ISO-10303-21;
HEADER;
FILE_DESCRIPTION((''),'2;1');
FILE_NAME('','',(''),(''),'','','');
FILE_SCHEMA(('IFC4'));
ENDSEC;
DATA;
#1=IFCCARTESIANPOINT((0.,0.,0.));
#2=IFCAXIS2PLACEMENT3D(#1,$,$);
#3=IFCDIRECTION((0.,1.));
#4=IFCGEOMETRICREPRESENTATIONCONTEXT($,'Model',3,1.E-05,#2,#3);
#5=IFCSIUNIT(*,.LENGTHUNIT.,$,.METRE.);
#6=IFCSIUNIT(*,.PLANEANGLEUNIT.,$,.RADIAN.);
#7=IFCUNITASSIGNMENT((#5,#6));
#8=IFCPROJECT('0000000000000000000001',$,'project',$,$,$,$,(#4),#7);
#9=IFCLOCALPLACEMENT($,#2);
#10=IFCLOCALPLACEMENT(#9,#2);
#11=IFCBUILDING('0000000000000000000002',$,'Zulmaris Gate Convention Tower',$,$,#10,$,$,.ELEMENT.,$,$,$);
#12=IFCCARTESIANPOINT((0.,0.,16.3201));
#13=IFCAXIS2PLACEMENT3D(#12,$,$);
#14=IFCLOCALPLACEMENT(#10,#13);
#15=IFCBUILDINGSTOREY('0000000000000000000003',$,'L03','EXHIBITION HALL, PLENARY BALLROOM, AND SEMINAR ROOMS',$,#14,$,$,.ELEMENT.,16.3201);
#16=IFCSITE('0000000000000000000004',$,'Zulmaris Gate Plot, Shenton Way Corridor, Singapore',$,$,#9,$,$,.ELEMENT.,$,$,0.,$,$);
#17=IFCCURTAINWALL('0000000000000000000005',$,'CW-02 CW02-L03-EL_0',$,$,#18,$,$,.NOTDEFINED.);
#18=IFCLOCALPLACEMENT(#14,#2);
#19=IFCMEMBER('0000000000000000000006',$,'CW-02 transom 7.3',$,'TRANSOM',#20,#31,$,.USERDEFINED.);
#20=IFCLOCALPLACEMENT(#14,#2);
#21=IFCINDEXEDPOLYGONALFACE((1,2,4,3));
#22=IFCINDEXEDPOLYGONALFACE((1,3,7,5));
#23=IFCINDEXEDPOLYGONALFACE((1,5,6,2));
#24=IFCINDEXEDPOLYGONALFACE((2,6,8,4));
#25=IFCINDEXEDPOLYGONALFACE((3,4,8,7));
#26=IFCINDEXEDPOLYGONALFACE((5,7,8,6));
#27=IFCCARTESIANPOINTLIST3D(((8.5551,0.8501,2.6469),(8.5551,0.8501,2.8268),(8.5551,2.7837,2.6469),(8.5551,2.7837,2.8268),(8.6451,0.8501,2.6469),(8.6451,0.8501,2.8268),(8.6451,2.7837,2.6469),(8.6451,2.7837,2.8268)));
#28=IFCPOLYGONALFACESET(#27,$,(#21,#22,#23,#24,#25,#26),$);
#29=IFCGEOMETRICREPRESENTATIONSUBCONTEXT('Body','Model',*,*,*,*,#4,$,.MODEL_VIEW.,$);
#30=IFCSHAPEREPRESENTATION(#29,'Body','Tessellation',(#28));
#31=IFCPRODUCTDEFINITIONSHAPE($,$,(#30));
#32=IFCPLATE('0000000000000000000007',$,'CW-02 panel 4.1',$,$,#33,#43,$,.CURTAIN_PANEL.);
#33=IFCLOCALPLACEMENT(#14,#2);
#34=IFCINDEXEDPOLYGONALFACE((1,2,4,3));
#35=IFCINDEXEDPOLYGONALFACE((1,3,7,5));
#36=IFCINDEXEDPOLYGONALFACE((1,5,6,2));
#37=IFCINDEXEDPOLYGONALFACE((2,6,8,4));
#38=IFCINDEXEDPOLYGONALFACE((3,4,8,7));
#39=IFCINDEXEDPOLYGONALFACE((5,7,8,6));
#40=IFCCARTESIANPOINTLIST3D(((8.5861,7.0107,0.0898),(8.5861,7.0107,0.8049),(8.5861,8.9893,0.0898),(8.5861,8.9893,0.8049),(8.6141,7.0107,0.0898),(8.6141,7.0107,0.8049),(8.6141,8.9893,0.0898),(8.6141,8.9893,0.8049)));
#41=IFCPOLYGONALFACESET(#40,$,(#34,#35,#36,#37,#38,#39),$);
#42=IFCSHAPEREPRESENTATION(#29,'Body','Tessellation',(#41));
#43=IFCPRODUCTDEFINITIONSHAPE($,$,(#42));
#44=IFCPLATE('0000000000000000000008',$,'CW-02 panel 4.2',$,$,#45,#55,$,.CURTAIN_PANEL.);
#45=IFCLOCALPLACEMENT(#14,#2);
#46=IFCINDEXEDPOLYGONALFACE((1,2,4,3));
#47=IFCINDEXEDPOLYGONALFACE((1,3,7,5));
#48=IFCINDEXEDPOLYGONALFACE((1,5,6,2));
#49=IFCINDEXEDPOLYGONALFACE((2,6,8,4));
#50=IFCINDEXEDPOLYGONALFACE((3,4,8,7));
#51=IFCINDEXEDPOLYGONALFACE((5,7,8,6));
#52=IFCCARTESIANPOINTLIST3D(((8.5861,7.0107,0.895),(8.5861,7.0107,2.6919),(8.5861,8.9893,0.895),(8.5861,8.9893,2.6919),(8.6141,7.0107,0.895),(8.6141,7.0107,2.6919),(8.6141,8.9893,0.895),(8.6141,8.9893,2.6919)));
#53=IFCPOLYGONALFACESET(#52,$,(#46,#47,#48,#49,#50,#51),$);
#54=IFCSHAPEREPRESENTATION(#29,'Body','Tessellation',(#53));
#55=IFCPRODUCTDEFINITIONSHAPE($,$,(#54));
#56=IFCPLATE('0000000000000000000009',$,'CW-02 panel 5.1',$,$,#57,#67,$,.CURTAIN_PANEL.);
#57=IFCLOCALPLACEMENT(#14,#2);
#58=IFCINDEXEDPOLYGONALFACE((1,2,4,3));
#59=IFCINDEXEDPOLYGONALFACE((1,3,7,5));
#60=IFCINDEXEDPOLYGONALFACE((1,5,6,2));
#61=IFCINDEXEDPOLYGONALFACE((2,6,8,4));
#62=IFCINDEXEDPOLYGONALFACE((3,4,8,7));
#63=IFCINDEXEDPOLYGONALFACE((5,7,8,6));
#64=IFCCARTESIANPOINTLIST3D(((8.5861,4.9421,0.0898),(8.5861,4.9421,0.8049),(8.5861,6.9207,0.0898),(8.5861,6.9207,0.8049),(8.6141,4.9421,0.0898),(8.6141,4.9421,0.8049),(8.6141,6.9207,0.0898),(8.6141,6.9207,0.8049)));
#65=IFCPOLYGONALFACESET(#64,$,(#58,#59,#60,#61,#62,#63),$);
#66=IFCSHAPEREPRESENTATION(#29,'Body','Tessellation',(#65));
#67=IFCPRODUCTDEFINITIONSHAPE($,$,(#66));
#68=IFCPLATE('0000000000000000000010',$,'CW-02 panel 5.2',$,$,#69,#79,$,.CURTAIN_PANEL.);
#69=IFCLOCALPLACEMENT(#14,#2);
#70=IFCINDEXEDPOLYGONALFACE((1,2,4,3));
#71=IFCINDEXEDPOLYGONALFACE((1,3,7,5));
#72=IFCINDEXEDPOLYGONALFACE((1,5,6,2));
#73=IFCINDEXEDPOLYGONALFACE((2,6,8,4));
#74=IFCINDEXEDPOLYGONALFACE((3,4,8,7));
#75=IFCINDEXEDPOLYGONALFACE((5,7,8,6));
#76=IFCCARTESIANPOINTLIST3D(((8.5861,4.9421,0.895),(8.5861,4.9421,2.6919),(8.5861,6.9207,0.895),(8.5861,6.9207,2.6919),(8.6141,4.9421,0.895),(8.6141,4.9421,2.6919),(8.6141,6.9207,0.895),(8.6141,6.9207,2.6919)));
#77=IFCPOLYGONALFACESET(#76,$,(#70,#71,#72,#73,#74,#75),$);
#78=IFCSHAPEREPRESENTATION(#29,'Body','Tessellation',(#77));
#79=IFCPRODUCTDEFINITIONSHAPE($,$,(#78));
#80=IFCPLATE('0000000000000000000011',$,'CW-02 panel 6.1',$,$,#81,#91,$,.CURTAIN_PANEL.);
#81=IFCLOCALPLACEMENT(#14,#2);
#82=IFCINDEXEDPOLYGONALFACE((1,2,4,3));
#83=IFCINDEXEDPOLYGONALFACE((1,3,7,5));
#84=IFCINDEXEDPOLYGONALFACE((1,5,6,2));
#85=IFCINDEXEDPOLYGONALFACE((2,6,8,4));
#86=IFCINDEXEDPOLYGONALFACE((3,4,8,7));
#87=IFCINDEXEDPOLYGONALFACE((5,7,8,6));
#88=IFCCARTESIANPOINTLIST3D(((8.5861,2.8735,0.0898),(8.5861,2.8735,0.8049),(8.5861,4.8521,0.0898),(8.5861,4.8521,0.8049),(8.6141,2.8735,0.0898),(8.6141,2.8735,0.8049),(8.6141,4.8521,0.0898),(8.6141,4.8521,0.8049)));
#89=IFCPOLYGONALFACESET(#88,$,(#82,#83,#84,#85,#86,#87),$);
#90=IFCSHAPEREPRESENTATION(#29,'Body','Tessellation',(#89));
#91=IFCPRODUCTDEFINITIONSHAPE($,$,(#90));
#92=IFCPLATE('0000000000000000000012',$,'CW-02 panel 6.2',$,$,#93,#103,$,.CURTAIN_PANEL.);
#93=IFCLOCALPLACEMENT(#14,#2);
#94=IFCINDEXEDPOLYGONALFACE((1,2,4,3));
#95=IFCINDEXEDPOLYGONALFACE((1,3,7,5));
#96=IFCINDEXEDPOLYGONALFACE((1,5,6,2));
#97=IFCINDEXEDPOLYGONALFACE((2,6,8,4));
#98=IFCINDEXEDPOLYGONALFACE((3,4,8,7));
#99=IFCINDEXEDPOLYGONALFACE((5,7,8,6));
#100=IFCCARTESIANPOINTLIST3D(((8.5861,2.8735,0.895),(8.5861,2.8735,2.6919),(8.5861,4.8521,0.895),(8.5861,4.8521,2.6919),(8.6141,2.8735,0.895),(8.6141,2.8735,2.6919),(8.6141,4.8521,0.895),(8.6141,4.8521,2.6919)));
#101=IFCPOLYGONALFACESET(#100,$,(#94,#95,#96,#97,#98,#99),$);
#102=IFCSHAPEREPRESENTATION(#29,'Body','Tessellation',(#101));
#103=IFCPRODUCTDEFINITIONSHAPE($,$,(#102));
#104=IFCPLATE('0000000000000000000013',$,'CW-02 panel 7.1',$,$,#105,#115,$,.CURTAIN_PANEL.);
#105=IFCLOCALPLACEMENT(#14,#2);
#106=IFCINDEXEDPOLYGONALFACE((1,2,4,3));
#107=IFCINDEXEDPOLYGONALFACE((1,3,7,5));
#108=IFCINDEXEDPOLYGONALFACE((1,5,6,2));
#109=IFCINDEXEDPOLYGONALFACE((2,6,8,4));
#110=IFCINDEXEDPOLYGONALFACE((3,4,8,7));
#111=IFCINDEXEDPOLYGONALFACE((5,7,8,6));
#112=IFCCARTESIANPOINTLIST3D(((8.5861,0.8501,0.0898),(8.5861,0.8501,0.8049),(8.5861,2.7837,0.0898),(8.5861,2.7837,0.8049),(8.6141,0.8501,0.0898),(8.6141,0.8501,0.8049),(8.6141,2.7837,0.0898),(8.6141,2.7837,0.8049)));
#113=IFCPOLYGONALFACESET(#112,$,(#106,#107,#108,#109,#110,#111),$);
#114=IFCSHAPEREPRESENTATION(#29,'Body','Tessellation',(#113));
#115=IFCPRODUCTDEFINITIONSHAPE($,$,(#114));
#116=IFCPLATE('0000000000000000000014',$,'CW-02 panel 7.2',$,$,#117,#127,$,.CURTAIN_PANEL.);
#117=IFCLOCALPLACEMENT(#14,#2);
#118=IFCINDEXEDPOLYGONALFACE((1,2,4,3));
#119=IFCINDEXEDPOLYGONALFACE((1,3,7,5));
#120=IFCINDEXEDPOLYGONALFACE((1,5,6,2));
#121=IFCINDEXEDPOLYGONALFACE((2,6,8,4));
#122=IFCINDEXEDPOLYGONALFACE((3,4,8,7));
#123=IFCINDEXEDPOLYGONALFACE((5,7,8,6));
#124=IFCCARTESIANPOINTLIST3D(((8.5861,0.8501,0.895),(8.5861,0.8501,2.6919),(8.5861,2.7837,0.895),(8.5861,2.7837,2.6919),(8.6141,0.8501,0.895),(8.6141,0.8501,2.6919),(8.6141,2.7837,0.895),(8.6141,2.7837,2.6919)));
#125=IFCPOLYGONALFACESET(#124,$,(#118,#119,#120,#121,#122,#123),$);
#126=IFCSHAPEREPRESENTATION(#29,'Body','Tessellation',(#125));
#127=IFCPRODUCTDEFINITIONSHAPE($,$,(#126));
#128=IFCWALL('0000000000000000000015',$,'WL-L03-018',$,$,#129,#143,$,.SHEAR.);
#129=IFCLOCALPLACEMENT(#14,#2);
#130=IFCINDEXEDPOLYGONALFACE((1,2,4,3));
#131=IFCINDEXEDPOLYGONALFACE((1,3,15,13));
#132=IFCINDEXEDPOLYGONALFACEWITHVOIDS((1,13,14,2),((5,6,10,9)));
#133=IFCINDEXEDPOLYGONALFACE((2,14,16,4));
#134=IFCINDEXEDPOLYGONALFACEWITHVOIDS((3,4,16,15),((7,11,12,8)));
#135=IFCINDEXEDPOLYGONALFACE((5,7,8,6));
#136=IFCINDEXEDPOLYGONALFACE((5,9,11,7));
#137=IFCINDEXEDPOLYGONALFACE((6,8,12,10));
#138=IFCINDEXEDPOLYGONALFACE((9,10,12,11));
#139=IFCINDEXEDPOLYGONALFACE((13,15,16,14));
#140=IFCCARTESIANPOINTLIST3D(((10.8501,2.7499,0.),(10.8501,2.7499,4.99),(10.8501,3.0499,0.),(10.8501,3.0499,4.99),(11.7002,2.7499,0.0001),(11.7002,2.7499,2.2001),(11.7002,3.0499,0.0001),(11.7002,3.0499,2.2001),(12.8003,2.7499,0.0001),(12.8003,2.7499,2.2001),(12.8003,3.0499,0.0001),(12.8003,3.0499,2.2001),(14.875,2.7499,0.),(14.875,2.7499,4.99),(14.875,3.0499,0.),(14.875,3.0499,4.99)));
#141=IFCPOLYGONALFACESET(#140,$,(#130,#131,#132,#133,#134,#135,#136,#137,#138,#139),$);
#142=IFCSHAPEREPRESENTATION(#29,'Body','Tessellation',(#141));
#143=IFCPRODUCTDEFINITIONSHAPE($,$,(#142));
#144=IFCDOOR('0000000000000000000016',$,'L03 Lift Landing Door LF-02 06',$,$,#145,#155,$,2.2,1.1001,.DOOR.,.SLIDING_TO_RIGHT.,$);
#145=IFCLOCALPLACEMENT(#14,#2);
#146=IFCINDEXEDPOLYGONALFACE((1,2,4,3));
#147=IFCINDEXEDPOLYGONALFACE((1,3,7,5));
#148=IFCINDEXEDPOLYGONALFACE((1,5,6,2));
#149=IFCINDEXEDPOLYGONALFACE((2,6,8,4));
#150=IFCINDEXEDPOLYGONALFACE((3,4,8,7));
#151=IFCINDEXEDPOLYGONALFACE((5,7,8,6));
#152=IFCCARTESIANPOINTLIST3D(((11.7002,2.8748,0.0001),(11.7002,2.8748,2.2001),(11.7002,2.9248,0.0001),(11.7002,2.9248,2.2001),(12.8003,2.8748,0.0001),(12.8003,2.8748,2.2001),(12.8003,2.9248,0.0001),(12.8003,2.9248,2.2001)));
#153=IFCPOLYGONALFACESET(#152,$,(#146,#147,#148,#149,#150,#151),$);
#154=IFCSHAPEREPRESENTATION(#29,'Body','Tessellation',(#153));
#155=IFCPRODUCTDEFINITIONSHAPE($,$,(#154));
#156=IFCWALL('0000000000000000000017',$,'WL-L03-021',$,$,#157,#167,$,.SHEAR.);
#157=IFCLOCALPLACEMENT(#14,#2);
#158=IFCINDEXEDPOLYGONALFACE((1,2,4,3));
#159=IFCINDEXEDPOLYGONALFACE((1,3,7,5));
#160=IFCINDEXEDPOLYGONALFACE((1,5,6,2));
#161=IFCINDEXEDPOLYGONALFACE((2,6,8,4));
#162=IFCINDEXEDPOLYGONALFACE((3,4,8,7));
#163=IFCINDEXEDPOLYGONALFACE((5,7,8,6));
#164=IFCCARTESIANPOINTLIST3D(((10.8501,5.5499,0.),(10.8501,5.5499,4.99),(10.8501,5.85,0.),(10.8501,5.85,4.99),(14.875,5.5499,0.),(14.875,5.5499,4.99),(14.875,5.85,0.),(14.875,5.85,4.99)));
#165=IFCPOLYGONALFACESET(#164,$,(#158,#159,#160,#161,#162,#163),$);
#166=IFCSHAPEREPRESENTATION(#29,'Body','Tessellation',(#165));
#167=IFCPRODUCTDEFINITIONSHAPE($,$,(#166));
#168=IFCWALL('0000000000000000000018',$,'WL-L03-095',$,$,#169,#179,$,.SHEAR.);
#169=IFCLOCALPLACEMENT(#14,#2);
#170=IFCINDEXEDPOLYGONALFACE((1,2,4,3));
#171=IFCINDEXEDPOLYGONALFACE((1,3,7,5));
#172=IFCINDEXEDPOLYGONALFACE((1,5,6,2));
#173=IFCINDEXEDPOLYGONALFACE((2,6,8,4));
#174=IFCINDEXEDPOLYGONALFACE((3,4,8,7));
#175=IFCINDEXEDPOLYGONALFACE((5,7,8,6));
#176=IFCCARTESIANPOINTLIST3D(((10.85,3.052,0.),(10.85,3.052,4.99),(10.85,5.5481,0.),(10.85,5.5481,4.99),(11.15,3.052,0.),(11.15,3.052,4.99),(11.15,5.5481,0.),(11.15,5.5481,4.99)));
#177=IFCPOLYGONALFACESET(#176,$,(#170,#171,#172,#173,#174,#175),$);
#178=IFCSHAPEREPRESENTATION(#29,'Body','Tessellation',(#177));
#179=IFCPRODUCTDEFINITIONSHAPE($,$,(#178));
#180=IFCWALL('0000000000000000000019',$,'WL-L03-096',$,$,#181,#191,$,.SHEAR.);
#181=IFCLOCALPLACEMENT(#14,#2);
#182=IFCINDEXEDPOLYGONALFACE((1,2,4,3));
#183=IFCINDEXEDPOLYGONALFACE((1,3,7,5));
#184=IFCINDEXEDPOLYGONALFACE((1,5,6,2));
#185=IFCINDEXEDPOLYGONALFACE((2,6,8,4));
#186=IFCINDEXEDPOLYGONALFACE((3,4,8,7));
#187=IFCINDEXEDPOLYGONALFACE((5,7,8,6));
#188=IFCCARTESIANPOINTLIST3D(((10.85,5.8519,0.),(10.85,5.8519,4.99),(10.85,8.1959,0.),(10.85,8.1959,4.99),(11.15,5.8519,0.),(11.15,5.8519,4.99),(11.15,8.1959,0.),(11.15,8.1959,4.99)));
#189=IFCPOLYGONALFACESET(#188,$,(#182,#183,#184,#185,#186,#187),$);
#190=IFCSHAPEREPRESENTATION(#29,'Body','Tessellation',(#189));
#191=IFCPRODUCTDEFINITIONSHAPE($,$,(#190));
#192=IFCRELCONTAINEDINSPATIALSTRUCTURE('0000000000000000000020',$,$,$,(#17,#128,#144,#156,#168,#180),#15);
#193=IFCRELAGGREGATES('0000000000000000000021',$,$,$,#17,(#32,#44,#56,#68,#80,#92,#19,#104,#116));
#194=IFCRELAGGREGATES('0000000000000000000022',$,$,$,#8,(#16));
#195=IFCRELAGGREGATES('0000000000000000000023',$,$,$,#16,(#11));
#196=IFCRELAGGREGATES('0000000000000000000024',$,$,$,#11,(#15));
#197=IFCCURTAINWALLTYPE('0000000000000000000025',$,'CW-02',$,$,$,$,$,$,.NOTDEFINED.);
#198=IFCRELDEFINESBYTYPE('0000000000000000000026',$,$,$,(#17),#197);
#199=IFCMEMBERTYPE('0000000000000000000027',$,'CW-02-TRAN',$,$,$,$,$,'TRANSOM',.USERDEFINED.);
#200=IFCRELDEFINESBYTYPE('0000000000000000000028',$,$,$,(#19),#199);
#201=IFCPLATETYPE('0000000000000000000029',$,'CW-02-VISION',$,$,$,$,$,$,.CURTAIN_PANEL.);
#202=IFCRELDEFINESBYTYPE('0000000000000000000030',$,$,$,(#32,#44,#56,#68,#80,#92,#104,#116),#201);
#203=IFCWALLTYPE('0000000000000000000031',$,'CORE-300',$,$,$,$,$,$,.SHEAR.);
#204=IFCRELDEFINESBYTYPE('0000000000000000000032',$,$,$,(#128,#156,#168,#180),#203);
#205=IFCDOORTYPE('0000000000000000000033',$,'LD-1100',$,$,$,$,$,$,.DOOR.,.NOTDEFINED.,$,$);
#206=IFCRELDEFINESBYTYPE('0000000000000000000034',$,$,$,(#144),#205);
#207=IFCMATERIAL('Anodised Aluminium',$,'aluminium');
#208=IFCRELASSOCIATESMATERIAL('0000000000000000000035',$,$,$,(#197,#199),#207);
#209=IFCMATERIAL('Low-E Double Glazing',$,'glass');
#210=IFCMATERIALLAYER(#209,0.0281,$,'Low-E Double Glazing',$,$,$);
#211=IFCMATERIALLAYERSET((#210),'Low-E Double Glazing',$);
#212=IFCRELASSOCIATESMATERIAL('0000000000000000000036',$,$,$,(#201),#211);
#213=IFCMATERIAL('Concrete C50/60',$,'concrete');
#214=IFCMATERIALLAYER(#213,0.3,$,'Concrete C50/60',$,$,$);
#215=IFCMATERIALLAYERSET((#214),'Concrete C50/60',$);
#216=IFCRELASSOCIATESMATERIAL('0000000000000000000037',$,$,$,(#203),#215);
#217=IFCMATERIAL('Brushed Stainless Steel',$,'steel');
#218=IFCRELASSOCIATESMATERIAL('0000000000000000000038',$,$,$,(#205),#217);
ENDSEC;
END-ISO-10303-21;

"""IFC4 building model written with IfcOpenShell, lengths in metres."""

from ifc_helpers import new_model, si_unit, direction, frame, frame_2d, origin, origin_2d, place, context, subcontext, project, spatial, rectangle, extrude, material, layer, layer_set, material_profile, profile_set, type_object, element, fill, aggregate, save


model = new_model("IFC4")

# Units and contexts
model_context = context("Model", 3, precision=1e-05, world=origin(), true_north=direction((0.0, 1.0)))
body_context = subcontext(model_context, "Body", "Model", "MODEL_VIEW")
ifc_project = project(units=[si_unit("LENGTHUNIT", "METRE"), si_unit("PLANEANGLEUNIT", "RADIAN")], contexts=[model_context])

# Site, building, storey
site_placement = place(None, origin())
site = spatial("IfcSite", under=ifc_project, at=site_placement, Name="Zulmaris Gate Plot, Shenton Way Corridor, Singapore", CompositionType="ELEMENT", RefElevation=0.0)
building_placement = place(site_placement, origin())
building = spatial("IfcBuilding", under=site, at=building_placement, Name="Zulmaris Gate Convention Tower", CompositionType="ELEMENT")
storey_placement = place(building_placement, frame((0.0, 0.0, 16.3201)))
storey = spatial("IfcBuildingStorey", under=building, at=storey_placement, Name="L03", Description="EXHIBITION HALL, PLENARY BALLROOM, AND SEMINAR ROOMS", CompositionType="ELEMENT", Elevation=16.3201)

# Curtain wall, member, plates
ifc_material_1 = material(Name="Anodised Aluminium", Category="aluminium")
curtain_wall_type = type_object("IfcCurtainWallType", Name="CW-02", PredefinedType="NOTDEFINED", material=ifc_material_1)
curtain_wall_placement = place(storey_placement, origin())
curtain_wall = element("IfcCurtainWall", 1, at=curtain_wall_placement, inside=storey, type_object=curtain_wall_type, Name="CW-02 CW02-L03-EL_0", PredefinedType="NOTDEFINED")
ifc_material_profile_1 = material_profile(ifc_material_1, rectangle(XDim=0.0901, YDim=0.1799, at=origin_2d()), Name="ALU TRANSOM 90x180")
ifc_profile_set_1 = profile_set([ifc_material_profile_1], Name="Anodised Aluminium")
member_type_1 = type_object("IfcMemberType", Name="CW-02-TRAN", ElementType="TRANSOM", PredefinedType="USERDEFINED", material=ifc_profile_set_1)
member_1_placement = place(storey_placement, frame((8.6001, 2.7837, 2.7368), z_axis=(0.0, -1.0, 0.0), x_axis=(1.0, 0.0, 0.0)))
member_1 = element("IfcMember", 2, at=member_1_placement, type_object=member_type_1, Name="CW-02 transom 7.3", ObjectType="TRANSOM", PredefinedType="USERDEFINED", context=body_context, shape_type="SweptSolid", body=[
    extrude(rectangle(XDim=0.0901, YDim=0.1799, at=origin_2d()), origin(), (0.0, 0.0, 1.0), 1.9336),
])
ifc_material_2 = material(Name="Low-E Double Glazing", Category="glass")
ifc_layer_1 = layer(ifc_material_2, 0.0281, Name="Low-E Double Glazing")
ifc_layer_set_1 = layer_set([ifc_layer_1], Name="Low-E Double Glazing")
plate_type = type_object("IfcPlateType", Name="CW-02-VISION", PredefinedType="CURTAIN_PANEL", material=ifc_layer_set_1)
plate_1_placement = place(storey_placement, frame((8.6001, 8.0, 0.0898), z_axis=(0.0, 0.0, 1.0), x_axis=(0.0, -1.0, 0.0)))
plate_1 = element("IfcPlate", 3, at=plate_1_placement, type_object=plate_type, Name="CW-02 panel 4.1", PredefinedType="CURTAIN_PANEL", context=body_context, shape_type="SweptSolid", body=[
    extrude(rectangle(XDim=1.9785, YDim=0.0281, at=origin_2d()), origin(), (0.0, 0.0, 1.0), 0.7151),
])
plate_2_placement = place(storey_placement, frame((8.6001, 8.0, 0.895), z_axis=(0.0, 0.0, 1.0), x_axis=(0.0, -1.0, 0.0)))
plate_2 = element("IfcPlate", 4, at=plate_2_placement, type_object=plate_type, Name="CW-02 panel 4.2", PredefinedType="CURTAIN_PANEL", context=body_context, shape_type="SweptSolid", body=[
    extrude(rectangle(XDim=1.9785, YDim=0.0281, at=origin_2d()), origin(), (0.0, 0.0, 1.0), 1.7969),
])
plate_3_placement = place(storey_placement, frame((8.6001, 5.9314, 0.0898), z_axis=(0.0, 0.0, 1.0), x_axis=(0.0, -1.0, 0.0)))
plate_3 = element("IfcPlate", 5, at=plate_3_placement, type_object=plate_type, Name="CW-02 panel 5.1", PredefinedType="CURTAIN_PANEL", context=body_context, shape_type="SweptSolid", body=[
    extrude(rectangle(XDim=1.9785, YDim=0.0281, at=origin_2d()), origin(), (0.0, 0.0, 1.0), 0.7151),
])
plate_4_placement = place(storey_placement, frame((8.6001, 5.9314, 0.895), z_axis=(0.0, 0.0, 1.0), x_axis=(0.0, -1.0, 0.0)))
plate_4 = element("IfcPlate", 6, at=plate_4_placement, type_object=plate_type, Name="CW-02 panel 5.2", PredefinedType="CURTAIN_PANEL", context=body_context, shape_type="SweptSolid", body=[
    extrude(rectangle(XDim=1.9785, YDim=0.0281, at=origin_2d()), origin(), (0.0, 0.0, 1.0), 1.7969),
])
plate_5_placement = place(storey_placement, frame((8.6001, 3.8628, 0.0898), z_axis=(0.0, 0.0, 1.0), x_axis=(0.0, -1.0, 0.0)))
plate_5 = element("IfcPlate", 7, at=plate_5_placement, type_object=plate_type, Name="CW-02 panel 6.1", PredefinedType="CURTAIN_PANEL", context=body_context, shape_type="SweptSolid", body=[
    extrude(rectangle(XDim=1.9785, YDim=0.0281, at=origin_2d()), origin(), (0.0, 0.0, 1.0), 0.7151),
])
plate_6_placement = place(storey_placement, frame((8.6001, 3.8628, 0.895), z_axis=(0.0, 0.0, 1.0), x_axis=(0.0, -1.0, 0.0)))
plate_6 = element("IfcPlate", 8, at=plate_6_placement, type_object=plate_type, Name="CW-02 panel 6.2", PredefinedType="CURTAIN_PANEL", context=body_context, shape_type="SweptSolid", body=[
    extrude(rectangle(XDim=1.9785, YDim=0.0281, at=origin_2d()), origin(), (0.0, 0.0, 1.0), 1.7969),
])
plate_7_placement = place(storey_placement, frame((8.6001, 1.8169, 0.0898), z_axis=(0.0, 0.0, 1.0), x_axis=(0.0, -1.0, 0.0)))
plate_7 = element("IfcPlate", 9, at=plate_7_placement, type_object=plate_type, Name="CW-02 panel 7.1", PredefinedType="CURTAIN_PANEL", context=body_context, shape_type="SweptSolid", body=[
    extrude(rectangle(XDim=1.9336, YDim=0.0281, at=origin_2d()), origin(), (0.0, 0.0, 1.0), 0.7151),
])
plate_8_placement = place(storey_placement, frame((8.6001, 1.8169, 0.895), z_axis=(0.0, 0.0, 1.0), x_axis=(0.0, -1.0, 0.0)))
plate_8 = element("IfcPlate", 10, at=plate_8_placement, type_object=plate_type, Name="CW-02 panel 7.2", PredefinedType="CURTAIN_PANEL", context=body_context, shape_type="SweptSolid", body=[
    extrude(rectangle(XDim=1.9336, YDim=0.0281, at=origin_2d()), origin(), (0.0, 0.0, 1.0), 1.7969),
])
aggregate(curtain_wall, [plate_1, plate_2, plate_3, plate_4, plate_5, plate_6, member_1, plate_7, plate_8])

# Wall, opening, door
ifc_material_3 = material(Name="Concrete C50/60", Category="concrete")
ifc_layer_2 = layer(ifc_material_3, 0.3, Name="Concrete C50/60")
ifc_layer_set_2 = layer_set([ifc_layer_2], Name="Concrete C50/60")
wall_type = type_object("IfcWallType", Name="CORE-300", PredefinedType="SHEAR", material=ifc_layer_set_2)
wall_1_placement = place(storey_placement, frame((10.8501, 2.8999, 0.0), z_axis=(0.0, 0.0, 1.0), x_axis=(1.0, 0.0, 0.0)))
wall_1 = element("IfcWall", 11, at=wall_1_placement, inside=storey, type_object=wall_type, Name="WL-L03-018", PredefinedType="SHEAR", context=body_context, shape_type="SweptSolid", body=[
    extrude(rectangle(XDim=4.0249, YDim=0.3, at=frame_2d((2.0125, 0.0))), origin(), (0.0, 0.0, 1.0), 4.99),
])
opening_1_placement = place(wall_1_placement, frame((0.8501, 0.0, 0.0)))
opening_1 = element("IfcOpeningElement", 12, at=opening_1_placement, cuts=wall_1, PredefinedType="OPENING", context=body_context, shape_type="SweptSolid", body=[
    extrude(rectangle(XDim=1.1001, YDim=2.2, at=frame_2d((0.55, 1.1001))), frame((0.0, 0.1602, 0.0), z_axis=(0.0, -1.0, 0.0), x_axis=(1.0, 0.0, 0.0)), (0.0, 0.0, 1.0), 0.3201),
])
ifc_material_4 = material(Name="Brushed Stainless Steel", Category="steel")
door_type_1 = type_object("IfcDoorType", Name="LD-1100", OperationType="NOTDEFINED", PredefinedType="DOOR", material=ifc_material_4)
door_1_placement = place(opening_1_placement, origin())
door_1 = element("IfcDoor", 13, at=door_1_placement, inside=storey, type_object=door_type_1, Name="L03 Lift Landing Door LF-02 06", OperationType="SLIDING_TO_RIGHT", OverallHeight=2.2, OverallWidth=1.1001, PredefinedType="DOOR", context=body_context, shape_type="SweptSolid", body=[
    extrude(rectangle(XDim=1.1001, YDim=2.2, at=frame_2d((0.55, 1.1001))), frame((0.0, 0.0249, 0.0), z_axis=(0.0, -1.0, 0.0), x_axis=(1.0, 0.0, 0.0)), (0.0, 0.0, 1.0), 0.05),
])
fill(opening_1, door_1)

# Wall
wall_2_placement = place(storey_placement, frame((10.8501, 5.7, 0.0), z_axis=(0.0, 0.0, 1.0), x_axis=(1.0, 0.0, 0.0)))
element("IfcWall", 14, at=wall_2_placement, inside=storey, type_object=wall_type, Name="WL-L03-021", PredefinedType="SHEAR", context=body_context, shape_type="SweptSolid", body=[
    extrude(rectangle(XDim=4.0249, YDim=0.3, at=frame_2d((2.0125, 0.0))), origin(), (0.0, 0.0, 1.0), 4.99),
])

# Walls
wall_3_placement = place(storey_placement, frame((11.0, 3.052, 0.0), z_axis=(0.0, 0.0, 1.0), x_axis=(0.0, 1.0, 0.0)))
element("IfcWall", 15, at=wall_3_placement, inside=storey, type_object=wall_type, Name="WL-L03-095", PredefinedType="SHEAR", context=body_context, shape_type="SweptSolid", body=[
    extrude(rectangle(XDim=2.4961, YDim=0.3, at=frame_2d((1.248, 0.0))), origin(), (0.0, 0.0, 1.0), 4.99),
])
wall_4_placement = place(storey_placement, frame((11.0, 5.8521, 0.0), z_axis=(0.0, 0.0, 1.0), x_axis=(0.0, 1.0, 0.0)))
element("IfcWall", 16, at=wall_4_placement, inside=storey, type_object=wall_type, Name="WL-L03-096", PredefinedType="SHEAR", context=body_context, shape_type="SweptSolid", body=[
    extrude(rectangle(XDim=2.344, YDim=0.3, at=frame_2d((1.1719, 0.0))), origin(), (0.0, 0.0, 1.0), 4.99),
])

save(model, "model.ifc")
